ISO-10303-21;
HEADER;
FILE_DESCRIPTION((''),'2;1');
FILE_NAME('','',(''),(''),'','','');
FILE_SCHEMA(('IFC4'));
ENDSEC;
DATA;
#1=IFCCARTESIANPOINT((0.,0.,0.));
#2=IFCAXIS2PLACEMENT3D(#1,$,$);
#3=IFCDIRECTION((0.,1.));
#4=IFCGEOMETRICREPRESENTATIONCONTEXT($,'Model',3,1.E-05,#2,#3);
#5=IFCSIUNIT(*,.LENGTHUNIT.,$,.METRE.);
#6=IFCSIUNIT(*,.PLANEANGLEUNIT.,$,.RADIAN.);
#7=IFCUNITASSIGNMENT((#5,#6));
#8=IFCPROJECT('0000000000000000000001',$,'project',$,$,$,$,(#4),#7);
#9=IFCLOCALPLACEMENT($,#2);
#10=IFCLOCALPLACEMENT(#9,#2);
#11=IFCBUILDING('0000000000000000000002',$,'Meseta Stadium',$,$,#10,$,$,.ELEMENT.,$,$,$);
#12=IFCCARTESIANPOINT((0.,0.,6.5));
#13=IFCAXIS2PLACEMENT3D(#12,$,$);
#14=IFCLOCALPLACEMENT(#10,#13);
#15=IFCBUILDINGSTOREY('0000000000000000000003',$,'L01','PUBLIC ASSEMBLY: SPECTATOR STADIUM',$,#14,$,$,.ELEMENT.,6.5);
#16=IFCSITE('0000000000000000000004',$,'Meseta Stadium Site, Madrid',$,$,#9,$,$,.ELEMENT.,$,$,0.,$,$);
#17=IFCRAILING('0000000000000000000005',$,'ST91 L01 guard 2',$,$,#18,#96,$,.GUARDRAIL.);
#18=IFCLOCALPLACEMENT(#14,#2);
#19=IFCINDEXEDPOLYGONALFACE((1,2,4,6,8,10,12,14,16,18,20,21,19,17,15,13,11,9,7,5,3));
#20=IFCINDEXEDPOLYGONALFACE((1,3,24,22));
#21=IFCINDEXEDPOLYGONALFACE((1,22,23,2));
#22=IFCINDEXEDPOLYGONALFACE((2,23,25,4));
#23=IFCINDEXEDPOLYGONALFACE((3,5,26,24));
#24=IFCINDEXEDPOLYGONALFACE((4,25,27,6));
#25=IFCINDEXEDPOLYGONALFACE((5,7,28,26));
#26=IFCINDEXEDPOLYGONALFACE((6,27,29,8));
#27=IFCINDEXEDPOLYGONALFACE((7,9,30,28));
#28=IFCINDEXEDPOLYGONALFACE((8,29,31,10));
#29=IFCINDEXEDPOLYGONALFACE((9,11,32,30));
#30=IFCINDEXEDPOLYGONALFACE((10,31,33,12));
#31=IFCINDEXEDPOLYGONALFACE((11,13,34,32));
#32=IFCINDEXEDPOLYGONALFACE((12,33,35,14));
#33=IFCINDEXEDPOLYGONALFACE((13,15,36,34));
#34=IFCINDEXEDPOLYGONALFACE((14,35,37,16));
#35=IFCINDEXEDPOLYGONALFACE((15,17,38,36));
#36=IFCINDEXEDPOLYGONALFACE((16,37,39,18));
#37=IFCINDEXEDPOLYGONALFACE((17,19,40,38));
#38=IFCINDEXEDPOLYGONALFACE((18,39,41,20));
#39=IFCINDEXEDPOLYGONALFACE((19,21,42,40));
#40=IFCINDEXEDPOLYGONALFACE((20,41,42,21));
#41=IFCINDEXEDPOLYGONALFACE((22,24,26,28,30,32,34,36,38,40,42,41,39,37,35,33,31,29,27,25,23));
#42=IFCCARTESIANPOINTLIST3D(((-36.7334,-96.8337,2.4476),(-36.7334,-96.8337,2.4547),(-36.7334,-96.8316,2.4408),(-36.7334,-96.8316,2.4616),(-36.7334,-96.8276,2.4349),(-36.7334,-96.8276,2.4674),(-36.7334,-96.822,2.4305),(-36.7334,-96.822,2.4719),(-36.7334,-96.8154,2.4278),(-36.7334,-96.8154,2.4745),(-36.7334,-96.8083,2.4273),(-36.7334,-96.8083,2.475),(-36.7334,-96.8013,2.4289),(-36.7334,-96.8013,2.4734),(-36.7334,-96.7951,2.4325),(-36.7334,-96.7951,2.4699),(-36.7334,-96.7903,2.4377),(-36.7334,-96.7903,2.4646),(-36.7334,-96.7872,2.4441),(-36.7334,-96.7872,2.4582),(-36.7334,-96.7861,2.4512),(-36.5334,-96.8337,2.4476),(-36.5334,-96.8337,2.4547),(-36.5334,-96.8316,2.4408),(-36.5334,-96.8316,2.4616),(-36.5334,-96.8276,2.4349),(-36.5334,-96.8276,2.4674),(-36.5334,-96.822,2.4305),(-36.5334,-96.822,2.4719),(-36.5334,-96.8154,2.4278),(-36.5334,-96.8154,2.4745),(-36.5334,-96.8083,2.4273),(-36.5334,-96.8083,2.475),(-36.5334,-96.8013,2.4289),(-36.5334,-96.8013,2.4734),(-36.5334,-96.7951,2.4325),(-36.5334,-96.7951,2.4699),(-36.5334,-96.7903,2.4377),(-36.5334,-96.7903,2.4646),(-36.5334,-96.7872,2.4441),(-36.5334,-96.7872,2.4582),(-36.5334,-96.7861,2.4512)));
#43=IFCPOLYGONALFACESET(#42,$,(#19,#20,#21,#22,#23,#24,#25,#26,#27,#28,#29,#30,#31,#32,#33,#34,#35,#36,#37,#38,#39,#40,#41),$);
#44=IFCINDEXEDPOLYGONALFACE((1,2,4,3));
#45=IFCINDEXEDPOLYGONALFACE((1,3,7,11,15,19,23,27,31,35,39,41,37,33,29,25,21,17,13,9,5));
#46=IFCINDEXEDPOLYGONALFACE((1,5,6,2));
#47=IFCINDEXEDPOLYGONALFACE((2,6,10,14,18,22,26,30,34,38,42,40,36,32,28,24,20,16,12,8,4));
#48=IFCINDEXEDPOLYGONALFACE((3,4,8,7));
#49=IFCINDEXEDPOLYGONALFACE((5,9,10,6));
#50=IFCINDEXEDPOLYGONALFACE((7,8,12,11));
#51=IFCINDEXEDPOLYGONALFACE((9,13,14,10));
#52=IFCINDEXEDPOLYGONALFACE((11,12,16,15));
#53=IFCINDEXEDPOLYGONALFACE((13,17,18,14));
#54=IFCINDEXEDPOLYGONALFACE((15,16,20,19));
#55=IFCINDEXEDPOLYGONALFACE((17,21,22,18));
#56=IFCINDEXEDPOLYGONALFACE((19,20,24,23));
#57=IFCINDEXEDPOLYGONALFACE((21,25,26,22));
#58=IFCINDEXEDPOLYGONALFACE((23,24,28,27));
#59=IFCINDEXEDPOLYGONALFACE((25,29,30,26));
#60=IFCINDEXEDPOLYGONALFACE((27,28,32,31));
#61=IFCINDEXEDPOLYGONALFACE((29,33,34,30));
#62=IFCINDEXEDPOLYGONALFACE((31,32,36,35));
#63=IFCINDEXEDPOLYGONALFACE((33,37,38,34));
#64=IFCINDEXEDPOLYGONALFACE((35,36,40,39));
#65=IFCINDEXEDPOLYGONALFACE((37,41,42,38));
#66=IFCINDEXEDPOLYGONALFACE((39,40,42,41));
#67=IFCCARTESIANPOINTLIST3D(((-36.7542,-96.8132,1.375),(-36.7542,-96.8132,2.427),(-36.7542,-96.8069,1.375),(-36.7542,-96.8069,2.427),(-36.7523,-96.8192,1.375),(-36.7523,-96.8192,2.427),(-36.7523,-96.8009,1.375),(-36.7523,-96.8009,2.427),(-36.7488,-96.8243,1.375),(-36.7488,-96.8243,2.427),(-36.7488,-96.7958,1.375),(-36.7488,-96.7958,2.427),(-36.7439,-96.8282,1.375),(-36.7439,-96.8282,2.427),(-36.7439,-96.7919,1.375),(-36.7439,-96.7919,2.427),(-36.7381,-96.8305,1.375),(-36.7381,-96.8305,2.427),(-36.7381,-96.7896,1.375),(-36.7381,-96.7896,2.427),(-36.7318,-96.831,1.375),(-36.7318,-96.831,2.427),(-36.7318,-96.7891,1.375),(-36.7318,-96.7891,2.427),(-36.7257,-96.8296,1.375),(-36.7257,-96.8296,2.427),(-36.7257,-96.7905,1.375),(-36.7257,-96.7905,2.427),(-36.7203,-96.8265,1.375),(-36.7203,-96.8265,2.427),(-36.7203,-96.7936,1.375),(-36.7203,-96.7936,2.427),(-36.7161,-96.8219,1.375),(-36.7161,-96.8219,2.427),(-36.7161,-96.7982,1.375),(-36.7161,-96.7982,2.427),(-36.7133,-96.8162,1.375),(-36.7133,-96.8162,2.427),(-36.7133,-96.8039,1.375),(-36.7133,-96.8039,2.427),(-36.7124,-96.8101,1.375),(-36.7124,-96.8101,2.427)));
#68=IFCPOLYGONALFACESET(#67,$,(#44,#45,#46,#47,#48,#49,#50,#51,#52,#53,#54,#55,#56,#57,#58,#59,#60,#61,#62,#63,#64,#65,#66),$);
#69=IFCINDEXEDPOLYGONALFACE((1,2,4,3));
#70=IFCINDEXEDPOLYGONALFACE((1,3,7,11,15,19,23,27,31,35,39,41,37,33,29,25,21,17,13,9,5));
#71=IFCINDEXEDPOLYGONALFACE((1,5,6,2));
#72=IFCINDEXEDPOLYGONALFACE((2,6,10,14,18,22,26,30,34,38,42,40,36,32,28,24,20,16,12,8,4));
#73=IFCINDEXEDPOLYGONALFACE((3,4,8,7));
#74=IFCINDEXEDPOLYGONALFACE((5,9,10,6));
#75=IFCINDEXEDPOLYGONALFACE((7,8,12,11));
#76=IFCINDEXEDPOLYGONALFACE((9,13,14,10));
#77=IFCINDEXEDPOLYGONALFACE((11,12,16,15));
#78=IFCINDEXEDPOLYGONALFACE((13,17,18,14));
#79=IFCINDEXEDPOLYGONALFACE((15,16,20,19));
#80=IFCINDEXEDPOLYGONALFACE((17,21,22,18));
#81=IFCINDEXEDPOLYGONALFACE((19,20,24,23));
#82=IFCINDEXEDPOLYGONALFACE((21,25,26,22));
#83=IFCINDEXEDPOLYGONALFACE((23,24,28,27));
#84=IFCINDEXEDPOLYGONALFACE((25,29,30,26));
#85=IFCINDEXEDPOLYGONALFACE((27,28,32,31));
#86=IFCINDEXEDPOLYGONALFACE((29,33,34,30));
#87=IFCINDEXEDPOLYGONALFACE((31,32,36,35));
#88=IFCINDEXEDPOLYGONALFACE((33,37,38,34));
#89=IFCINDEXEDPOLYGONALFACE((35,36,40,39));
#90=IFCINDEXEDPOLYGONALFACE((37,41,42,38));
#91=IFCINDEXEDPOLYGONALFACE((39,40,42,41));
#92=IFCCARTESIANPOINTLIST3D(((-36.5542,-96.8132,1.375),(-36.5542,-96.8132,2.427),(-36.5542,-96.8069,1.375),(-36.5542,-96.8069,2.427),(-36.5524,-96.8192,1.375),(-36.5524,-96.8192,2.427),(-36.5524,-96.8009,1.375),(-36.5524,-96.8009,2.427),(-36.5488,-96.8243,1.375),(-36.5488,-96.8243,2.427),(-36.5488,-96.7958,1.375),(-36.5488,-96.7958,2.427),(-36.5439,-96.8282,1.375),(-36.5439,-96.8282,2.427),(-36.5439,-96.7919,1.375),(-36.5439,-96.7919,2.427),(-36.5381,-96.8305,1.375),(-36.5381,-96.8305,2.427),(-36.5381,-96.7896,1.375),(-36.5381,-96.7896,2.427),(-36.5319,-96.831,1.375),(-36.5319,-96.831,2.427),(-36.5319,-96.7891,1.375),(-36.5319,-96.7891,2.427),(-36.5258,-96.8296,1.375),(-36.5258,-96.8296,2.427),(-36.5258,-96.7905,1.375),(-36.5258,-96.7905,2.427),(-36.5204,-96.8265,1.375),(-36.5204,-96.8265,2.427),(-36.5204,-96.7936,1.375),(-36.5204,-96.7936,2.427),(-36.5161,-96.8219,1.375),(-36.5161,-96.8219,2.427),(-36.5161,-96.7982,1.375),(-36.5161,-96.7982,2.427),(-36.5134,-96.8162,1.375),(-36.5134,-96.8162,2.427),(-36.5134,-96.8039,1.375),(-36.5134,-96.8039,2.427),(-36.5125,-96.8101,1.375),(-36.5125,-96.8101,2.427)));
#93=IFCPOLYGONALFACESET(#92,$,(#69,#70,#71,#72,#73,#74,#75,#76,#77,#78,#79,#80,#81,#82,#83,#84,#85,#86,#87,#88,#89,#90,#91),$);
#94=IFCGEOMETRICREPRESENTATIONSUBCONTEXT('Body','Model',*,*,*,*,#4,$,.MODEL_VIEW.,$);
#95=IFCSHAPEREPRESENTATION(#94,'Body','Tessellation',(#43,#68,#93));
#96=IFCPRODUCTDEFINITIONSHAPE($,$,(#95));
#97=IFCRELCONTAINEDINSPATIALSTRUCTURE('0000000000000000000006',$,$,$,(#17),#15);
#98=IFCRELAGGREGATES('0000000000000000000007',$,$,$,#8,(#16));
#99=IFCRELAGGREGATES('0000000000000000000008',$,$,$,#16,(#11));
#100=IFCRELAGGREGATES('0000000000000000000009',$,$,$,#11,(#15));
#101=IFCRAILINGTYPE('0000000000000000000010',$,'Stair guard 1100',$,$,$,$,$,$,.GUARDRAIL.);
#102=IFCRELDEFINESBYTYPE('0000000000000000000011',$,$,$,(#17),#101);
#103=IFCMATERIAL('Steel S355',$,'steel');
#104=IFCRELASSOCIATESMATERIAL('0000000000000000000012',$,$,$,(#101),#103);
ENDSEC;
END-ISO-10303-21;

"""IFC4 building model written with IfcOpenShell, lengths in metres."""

from ifc_helpers import new_model, si_unit, direction, frame, origin, origin_2d, place, context, subcontext, project, spatial, circle, extrude, material, type_object, element, save


model = new_model("IFC4")

# Units and contexts
model_context = context("Model", 3, precision=1e-05, world=origin(), true_north=direction((0.0, 1.0)))
body_context = subcontext(model_context, "Body", "Model", "MODEL_VIEW")
ifc_project = project(units=[si_unit("LENGTHUNIT", "METRE"), si_unit("PLANEANGLEUNIT", "RADIAN")], contexts=[model_context])

# Site, building, storey
site_placement = place(None, origin())
site = spatial("IfcSite", under=ifc_project, at=site_placement, Name="Meseta Stadium Site, Madrid", CompositionType="ELEMENT", RefElevation=0.0)
building_placement = place(site_placement, origin())
building = spatial("IfcBuilding", under=site, at=building_placement, Name="Meseta Stadium", CompositionType="ELEMENT")
storey_placement = place(building_placement, frame((0.0, 0.0, 6.5)))
storey = spatial("IfcBuildingStorey", under=building, at=storey_placement, Name="L01", Description="PUBLIC ASSEMBLY: SPECTATOR STADIUM", CompositionType="ELEMENT", Elevation=6.5)

# Railing
ifc_material_1 = material(Name="Steel S355", Category="steel")
railing_type_1 = type_object("IfcRailingType", Name="Stair guard 1100", PredefinedType="GUARDRAIL", material=ifc_material_1)
railing_1_placement = place(storey_placement, frame((-36.7334, -96.8101, 1.375)))
element("IfcRailing", 1, at=railing_1_placement, inside=storey, type_object=railing_type_1, Name="ST91 L01 guard 2", PredefinedType="GUARDRAIL", context=body_context, shape_type="SweptSolid", body=[
    extrude(circle(Radius=0.0239, at=origin_2d()), frame((0.0, 0.0, 1.0762), z_axis=(1.0, 0.0, 0.0), x_axis=(0.0, 1.0, 0.0)), (0.0, 0.0, 1.0), 0.2),
    extrude(circle(Radius=0.021, at=origin_2d()), origin(), (0.0, 0.0, 1.0), 1.052),
    extrude(circle(Radius=0.021, at=origin_2d()), frame((0.2, 0.0, 0.0)), (0.0, 0.0, 1.0), 1.052),
])

save(model, "model.ifc")
